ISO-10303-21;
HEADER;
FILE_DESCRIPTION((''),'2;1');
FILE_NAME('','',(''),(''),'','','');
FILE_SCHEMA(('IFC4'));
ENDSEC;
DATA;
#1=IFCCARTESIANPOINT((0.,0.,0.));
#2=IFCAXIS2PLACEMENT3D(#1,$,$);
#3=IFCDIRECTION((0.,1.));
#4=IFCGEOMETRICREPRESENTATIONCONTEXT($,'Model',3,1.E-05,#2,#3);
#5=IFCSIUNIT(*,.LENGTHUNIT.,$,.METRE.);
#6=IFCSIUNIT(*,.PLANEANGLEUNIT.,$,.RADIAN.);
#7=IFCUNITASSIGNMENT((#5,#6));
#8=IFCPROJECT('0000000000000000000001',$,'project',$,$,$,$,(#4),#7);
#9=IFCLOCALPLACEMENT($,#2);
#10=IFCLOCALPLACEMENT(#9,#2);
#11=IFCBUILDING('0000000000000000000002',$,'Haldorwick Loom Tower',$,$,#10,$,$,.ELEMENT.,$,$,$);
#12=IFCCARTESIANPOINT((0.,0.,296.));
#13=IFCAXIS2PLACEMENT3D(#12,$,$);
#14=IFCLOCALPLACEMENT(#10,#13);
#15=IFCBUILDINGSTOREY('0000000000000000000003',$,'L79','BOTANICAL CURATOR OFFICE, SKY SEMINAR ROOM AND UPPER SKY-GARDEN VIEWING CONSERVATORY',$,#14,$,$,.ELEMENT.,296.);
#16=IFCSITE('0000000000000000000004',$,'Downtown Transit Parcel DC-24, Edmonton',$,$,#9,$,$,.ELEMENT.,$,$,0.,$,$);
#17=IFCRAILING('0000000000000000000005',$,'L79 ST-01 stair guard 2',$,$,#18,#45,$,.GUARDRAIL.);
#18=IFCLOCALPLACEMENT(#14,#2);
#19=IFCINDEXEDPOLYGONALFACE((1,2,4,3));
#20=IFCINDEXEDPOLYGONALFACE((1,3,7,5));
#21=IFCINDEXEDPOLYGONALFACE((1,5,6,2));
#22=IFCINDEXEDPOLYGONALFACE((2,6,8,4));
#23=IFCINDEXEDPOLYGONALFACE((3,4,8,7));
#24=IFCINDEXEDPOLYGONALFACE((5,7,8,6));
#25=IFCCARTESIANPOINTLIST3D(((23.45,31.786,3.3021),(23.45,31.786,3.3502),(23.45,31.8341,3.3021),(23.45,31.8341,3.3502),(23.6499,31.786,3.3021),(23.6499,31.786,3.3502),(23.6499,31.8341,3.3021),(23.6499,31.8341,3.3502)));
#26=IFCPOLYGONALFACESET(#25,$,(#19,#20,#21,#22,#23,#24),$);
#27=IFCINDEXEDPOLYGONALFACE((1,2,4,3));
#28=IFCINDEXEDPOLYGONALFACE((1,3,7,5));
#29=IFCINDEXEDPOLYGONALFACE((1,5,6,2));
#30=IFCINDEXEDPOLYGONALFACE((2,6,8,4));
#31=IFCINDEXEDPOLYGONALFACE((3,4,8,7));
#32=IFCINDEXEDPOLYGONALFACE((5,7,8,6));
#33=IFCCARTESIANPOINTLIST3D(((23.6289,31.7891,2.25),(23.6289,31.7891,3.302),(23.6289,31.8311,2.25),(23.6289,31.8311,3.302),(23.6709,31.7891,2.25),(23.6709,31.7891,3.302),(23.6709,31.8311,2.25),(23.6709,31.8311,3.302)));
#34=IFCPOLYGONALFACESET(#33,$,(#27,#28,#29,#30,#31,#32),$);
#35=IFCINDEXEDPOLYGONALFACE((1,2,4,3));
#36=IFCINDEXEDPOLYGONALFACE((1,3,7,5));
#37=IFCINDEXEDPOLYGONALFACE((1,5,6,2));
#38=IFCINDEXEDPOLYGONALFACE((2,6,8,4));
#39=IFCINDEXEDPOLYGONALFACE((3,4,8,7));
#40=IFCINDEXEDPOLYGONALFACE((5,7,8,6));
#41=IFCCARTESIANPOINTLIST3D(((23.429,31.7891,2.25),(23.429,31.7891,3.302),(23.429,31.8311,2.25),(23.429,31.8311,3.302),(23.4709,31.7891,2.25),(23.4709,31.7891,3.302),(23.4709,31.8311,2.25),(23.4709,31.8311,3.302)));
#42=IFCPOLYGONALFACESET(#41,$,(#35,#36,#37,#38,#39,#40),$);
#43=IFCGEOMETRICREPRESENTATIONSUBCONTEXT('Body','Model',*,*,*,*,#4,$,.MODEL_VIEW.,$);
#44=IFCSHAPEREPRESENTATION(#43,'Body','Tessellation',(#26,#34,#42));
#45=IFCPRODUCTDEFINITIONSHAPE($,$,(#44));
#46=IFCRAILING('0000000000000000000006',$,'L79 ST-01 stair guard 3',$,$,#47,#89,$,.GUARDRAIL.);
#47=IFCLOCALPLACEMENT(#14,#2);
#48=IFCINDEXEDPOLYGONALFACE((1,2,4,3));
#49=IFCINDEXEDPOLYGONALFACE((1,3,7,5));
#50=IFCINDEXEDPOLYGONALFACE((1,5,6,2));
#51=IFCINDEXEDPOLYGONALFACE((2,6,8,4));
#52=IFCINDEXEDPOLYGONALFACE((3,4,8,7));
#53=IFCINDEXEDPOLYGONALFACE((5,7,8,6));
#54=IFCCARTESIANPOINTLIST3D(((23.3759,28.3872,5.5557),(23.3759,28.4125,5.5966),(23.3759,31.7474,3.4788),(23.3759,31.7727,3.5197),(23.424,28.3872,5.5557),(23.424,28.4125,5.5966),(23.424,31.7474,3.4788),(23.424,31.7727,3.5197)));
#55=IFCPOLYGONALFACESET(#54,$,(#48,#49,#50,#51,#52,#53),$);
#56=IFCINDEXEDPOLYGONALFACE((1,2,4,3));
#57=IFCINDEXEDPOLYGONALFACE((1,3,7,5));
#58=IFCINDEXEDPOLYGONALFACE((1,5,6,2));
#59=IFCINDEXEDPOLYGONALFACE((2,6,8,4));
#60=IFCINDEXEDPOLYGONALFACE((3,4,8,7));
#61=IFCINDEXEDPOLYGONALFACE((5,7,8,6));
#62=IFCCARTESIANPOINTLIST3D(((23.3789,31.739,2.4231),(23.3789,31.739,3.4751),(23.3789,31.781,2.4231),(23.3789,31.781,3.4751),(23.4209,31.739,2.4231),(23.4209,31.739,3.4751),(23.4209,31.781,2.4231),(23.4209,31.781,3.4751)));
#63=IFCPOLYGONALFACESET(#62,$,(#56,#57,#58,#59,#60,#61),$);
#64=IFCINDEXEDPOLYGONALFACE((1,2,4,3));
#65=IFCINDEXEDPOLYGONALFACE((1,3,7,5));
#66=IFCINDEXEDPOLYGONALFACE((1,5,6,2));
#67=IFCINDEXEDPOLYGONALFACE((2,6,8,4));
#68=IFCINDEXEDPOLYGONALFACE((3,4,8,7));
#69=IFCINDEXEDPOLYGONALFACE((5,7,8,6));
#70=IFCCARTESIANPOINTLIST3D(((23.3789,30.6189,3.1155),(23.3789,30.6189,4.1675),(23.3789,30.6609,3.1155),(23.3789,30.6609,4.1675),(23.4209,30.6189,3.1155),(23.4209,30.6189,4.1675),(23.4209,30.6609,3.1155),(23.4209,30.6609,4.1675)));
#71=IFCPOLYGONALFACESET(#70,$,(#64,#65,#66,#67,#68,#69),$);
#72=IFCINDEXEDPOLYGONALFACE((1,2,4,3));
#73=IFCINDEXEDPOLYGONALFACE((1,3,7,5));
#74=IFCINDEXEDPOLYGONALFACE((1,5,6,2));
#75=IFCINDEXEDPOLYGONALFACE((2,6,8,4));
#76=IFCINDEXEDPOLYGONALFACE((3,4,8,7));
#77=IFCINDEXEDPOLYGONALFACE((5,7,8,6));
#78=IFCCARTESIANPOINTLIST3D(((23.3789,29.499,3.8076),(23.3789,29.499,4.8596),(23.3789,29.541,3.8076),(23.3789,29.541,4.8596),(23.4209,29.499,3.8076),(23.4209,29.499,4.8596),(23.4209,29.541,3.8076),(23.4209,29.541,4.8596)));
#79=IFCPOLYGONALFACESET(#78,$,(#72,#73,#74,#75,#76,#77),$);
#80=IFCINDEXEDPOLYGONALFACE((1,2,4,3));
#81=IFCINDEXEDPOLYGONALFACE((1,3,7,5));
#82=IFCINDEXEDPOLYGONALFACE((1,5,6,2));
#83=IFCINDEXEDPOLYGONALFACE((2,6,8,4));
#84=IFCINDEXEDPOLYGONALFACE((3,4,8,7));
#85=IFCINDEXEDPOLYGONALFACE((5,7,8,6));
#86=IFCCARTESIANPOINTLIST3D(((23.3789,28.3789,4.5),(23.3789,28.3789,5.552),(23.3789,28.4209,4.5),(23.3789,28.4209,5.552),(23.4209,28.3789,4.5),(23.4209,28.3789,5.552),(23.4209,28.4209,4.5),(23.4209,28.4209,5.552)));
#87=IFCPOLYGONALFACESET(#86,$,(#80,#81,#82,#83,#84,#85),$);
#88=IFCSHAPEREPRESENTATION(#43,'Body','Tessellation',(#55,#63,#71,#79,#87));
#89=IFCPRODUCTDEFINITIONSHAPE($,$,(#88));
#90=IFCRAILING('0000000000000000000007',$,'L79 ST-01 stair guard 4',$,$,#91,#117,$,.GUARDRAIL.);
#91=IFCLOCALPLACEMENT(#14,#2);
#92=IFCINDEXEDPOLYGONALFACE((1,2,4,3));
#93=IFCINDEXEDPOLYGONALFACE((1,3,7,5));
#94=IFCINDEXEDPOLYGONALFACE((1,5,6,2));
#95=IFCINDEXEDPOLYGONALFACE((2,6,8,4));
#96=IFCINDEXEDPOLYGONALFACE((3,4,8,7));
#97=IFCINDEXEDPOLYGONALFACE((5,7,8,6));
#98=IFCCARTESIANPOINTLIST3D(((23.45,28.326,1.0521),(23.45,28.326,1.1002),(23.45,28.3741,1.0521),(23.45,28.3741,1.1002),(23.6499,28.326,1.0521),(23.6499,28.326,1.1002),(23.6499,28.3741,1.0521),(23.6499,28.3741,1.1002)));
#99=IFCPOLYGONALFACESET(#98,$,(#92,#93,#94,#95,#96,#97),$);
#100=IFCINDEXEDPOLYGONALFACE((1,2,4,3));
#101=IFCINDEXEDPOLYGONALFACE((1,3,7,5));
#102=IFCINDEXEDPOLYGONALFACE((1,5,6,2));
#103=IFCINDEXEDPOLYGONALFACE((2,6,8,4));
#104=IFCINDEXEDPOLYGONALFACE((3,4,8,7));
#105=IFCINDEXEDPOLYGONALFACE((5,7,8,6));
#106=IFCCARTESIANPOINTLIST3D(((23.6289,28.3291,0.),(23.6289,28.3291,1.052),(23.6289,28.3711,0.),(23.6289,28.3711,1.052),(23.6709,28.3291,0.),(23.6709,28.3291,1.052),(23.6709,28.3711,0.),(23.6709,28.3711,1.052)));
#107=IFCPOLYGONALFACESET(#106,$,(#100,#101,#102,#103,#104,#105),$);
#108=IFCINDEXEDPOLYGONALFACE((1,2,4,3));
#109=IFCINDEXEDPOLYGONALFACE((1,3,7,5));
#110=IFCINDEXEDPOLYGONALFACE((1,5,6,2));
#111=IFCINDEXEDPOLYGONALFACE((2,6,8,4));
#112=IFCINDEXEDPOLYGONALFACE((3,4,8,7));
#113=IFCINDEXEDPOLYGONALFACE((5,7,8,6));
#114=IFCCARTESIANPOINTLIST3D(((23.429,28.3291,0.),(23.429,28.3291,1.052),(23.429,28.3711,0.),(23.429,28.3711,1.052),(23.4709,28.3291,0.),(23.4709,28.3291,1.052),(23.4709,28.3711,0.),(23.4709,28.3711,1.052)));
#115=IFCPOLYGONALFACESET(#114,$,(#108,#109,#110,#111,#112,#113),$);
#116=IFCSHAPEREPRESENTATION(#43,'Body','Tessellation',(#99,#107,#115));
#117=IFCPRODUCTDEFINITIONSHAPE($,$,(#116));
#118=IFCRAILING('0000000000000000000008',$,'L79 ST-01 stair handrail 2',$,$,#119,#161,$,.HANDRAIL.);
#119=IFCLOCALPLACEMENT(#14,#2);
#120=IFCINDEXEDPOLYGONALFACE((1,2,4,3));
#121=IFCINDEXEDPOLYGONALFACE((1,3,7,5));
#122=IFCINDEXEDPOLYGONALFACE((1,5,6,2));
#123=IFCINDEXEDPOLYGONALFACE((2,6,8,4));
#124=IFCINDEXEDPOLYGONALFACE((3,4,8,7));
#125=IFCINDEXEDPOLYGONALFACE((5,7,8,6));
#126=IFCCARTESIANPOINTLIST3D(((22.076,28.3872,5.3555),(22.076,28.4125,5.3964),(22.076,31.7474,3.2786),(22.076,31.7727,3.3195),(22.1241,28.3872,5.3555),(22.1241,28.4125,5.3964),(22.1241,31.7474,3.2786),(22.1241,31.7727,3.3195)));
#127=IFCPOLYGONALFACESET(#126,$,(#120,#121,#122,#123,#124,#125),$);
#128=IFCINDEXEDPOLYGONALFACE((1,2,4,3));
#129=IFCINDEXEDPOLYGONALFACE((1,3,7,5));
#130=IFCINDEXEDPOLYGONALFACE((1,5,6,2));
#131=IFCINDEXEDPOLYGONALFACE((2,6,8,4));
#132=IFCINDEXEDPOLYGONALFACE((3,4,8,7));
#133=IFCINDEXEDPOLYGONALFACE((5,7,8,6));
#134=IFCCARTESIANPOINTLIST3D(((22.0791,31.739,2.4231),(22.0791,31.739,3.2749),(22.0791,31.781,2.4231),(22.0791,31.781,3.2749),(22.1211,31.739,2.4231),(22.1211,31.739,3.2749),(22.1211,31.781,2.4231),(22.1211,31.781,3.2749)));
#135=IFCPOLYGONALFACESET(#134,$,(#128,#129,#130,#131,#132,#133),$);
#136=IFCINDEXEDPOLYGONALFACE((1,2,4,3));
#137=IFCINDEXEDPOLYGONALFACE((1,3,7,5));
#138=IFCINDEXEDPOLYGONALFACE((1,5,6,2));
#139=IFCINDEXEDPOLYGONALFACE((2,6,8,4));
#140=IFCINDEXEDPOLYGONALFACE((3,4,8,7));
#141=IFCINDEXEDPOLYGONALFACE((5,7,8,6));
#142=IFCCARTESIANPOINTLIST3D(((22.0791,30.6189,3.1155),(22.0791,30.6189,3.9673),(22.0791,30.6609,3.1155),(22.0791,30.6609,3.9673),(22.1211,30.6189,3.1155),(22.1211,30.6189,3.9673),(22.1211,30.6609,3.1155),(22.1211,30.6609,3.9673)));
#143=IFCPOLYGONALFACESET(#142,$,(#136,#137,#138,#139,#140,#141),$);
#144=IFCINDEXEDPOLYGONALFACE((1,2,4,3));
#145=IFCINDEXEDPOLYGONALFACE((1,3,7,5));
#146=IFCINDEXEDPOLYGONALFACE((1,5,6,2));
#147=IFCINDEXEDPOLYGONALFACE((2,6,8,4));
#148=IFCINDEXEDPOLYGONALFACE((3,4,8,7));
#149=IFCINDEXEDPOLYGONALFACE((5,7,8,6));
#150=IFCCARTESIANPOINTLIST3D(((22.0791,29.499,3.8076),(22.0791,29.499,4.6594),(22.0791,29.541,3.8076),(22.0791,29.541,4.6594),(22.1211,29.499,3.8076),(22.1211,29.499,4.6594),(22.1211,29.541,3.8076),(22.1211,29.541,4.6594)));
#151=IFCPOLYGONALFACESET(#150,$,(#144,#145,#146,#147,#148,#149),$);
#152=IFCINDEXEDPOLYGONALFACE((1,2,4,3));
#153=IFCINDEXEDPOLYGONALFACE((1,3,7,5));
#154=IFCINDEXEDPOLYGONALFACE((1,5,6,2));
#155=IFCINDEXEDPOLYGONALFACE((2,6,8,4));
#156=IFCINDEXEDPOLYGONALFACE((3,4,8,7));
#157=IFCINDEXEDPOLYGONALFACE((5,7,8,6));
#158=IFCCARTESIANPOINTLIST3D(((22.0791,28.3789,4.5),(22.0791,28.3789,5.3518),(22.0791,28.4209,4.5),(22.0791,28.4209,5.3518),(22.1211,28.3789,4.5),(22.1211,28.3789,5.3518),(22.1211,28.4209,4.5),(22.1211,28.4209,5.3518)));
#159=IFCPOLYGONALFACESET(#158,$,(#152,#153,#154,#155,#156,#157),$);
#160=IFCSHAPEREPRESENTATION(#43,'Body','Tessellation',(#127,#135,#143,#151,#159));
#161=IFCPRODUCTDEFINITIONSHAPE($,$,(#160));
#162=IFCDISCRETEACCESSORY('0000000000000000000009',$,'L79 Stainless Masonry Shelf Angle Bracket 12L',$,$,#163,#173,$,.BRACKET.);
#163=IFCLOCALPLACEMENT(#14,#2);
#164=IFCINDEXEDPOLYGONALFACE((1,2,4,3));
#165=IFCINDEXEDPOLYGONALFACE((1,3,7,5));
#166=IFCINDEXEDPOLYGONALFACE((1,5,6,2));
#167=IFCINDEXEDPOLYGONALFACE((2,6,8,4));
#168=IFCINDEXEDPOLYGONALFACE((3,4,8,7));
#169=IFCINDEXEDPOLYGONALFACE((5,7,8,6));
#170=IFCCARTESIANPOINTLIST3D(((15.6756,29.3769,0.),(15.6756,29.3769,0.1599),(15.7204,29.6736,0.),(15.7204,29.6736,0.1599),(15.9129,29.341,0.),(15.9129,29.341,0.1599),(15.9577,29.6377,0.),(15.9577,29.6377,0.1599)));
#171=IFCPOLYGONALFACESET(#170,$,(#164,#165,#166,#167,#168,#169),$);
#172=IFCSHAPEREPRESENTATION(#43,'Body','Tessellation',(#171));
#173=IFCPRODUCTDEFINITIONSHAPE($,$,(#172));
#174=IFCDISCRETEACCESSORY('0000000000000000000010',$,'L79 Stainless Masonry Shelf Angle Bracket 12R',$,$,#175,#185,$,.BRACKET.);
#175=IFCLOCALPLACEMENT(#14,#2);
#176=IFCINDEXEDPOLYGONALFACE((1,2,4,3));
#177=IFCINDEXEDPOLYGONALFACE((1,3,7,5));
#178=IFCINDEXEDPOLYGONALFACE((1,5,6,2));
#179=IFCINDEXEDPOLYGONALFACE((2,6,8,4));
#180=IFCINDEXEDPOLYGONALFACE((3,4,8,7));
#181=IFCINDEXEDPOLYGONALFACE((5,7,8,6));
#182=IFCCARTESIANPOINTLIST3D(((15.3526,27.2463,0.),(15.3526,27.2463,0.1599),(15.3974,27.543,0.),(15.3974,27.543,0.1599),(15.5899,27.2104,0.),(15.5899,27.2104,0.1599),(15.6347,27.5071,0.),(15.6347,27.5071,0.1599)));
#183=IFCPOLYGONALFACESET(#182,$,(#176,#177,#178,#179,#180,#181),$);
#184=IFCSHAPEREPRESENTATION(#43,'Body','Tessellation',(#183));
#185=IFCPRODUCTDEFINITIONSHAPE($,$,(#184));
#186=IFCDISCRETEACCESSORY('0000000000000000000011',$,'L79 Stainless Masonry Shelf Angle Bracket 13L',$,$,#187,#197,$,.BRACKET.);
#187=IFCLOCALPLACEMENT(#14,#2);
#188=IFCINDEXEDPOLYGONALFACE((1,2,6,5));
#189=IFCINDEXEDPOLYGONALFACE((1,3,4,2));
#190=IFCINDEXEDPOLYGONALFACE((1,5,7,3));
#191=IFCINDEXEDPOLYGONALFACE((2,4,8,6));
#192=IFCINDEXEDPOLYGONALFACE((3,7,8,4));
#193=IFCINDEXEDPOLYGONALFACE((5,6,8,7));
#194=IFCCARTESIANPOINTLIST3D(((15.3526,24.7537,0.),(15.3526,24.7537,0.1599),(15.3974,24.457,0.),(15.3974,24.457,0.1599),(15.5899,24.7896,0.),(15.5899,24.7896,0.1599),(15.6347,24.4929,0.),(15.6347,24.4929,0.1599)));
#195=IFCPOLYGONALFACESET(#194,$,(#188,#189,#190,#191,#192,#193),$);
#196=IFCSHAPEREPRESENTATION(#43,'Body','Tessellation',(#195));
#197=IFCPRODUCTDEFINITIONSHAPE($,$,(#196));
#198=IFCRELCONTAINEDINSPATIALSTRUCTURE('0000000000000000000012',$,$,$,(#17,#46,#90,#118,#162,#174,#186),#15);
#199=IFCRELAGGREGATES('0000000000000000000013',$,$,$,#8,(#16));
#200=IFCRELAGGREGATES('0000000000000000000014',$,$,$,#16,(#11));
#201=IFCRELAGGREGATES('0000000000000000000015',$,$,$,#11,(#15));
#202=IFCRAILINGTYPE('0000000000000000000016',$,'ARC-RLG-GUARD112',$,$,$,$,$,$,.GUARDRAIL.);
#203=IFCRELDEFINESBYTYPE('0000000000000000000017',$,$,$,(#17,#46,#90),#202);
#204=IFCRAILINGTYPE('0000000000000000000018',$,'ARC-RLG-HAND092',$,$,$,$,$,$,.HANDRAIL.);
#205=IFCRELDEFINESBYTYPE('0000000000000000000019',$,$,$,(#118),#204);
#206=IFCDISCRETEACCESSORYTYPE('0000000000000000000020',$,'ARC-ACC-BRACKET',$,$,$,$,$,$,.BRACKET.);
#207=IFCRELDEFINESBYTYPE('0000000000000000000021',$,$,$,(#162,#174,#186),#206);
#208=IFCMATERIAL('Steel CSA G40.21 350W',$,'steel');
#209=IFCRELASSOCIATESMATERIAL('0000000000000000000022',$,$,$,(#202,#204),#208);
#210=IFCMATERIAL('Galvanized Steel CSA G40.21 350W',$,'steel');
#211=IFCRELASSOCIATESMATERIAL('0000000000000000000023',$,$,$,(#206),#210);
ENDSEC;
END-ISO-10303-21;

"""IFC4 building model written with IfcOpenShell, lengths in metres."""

from ifc_helpers import new_model, si_unit, direction, frame, origin, origin_2d, place, context, subcontext, project, spatial, rectangle, extrude, material, type_object, element, save


model = new_model("IFC4")

# Units and contexts
model_context = context("Model", 3, precision=1e-05, world=origin(), true_north=direction((0.0, 1.0)))
body_context = subcontext(model_context, "Body", "Model", "MODEL_VIEW")
ifc_project = project(units=[si_unit("LENGTHUNIT", "METRE"), si_unit("PLANEANGLEUNIT", "RADIAN")], contexts=[model_context])

# Site, building, storey
site_placement = place(None, origin())
site = spatial("IfcSite", under=ifc_project, at=site_placement, Name="Downtown Transit Parcel DC-24, Edmonton", CompositionType="ELEMENT", RefElevation=0.0)
building_placement = place(site_placement, origin())
building = spatial("IfcBuilding", under=site, at=building_placement, Name="Haldorwick Loom Tower", CompositionType="ELEMENT")
storey_placement = place(building_placement, frame((0.0, 0.0, 296.0)))
storey = spatial("IfcBuildingStorey", under=building, at=storey_placement, Name="L79", Description="BOTANICAL CURATOR OFFICE, SKY SEMINAR ROOM AND UPPER SKY-GARDEN VIEWING CONSERVATORY", CompositionType="ELEMENT", Elevation=296.0)

# Shared definitions
ifc_material_1 = material(Name="Steel CSA G40.21 350W", Category="steel")

# Railings
railing_type_1 = type_object("IfcRailingType", Name="ARC-RLG-GUARD112", PredefinedType="GUARDRAIL", material=ifc_material_1)
railing_1_placement = place(storey_placement, frame((23.6499, 31.8101, 2.25)))
element("IfcRailing", 1, at=railing_1_placement, inside=storey, type_object=railing_type_1, Name="L79 ST-01 stair guard 2", PredefinedType="GUARDRAIL", context=body_context, shape_type="SweptSolid", body=[
    extrude(rectangle(XDim=0.0481, YDim=0.0481, at=origin_2d()), frame((0.0, 0.0, 1.0762), z_axis=(-1.0, 0.0, 0.0), x_axis=(0.0, -1.0, 0.0)), (0.0, 0.0, 1.0), 0.2),
    extrude(rectangle(XDim=0.042, YDim=0.042, at=origin_2d()), origin(), (0.0, 0.0, 1.0), 1.052),
    extrude(rectangle(XDim=0.042, YDim=0.042, at=origin_2d()), frame((-0.2, 0.0, 0.0)), (0.0, 0.0, 1.0), 1.052),
])
railing_2_placement = place(storey_placement, frame((23.3999, 31.76, 2.4231)))
element("IfcRailing", 2, at=railing_2_placement, inside=storey, type_object=railing_type_1, Name="L79 ST-01 stair guard 3", PredefinedType="GUARDRAIL", context=body_context, shape_type="SweptSolid", body=[
    extrude(rectangle(XDim=0.0481, YDim=0.0481, at=origin_2d()), frame((0.0, 0.0, 1.0762), z_axis=(0.0, -0.850623, 0.525776), x_axis=(1.0, 0.0, 0.0)), (0.0, 0.0, 1.0), 3.9502),
    extrude(rectangle(XDim=0.042, YDim=0.042, at=origin_2d()), origin(), (0.0, 0.0, 1.0), 1.052),
    extrude(rectangle(XDim=0.042, YDim=0.042, at=origin_2d()), frame((0.0, -1.1201, 0.6924)), (0.0, 0.0, 1.0), 1.052),
    extrude(rectangle(XDim=0.042, YDim=0.042, at=origin_2d()), frame((0.0, -2.24, 1.3845)), (0.0, 0.0, 1.0), 1.052),
    extrude(rectangle(XDim=0.042, YDim=0.042, at=origin_2d()), frame((0.0, -3.3601, 2.0769)), (0.0, 0.0, 1.0), 1.052),
])
railing_3_placement = place(storey_placement, frame((23.6499, 28.3501, 0.0)))
element("IfcRailing", 3, at=railing_3_placement, inside=storey, type_object=railing_type_1, Name="L79 ST-01 stair guard 4", PredefinedType="GUARDRAIL", context=body_context, shape_type="SweptSolid", body=[
    extrude(rectangle(XDim=0.0481, YDim=0.0481, at=origin_2d()), frame((0.0, 0.0, 1.0762), z_axis=(-1.0, 0.0, 0.0), x_axis=(0.0, -1.0, 0.0)), (0.0, 0.0, 1.0), 0.2),
    extrude(rectangle(XDim=0.042, YDim=0.042, at=origin_2d()), origin(), (0.0, 0.0, 1.0), 1.052),
    extrude(rectangle(XDim=0.042, YDim=0.042, at=origin_2d()), frame((-0.2, 0.0, 0.0)), (0.0, 0.0, 1.0), 1.052),
])
railing_type_2 = type_object("IfcRailingType", Name="ARC-RLG-HAND092", PredefinedType="HANDRAIL", material=ifc_material_1)
railing_4_placement = place(storey_placement, frame((22.1001, 31.76, 2.4231)))
element("IfcRailing", 4, at=railing_4_placement, inside=storey, type_object=railing_type_2, Name="L79 ST-01 stair handrail 2", PredefinedType="HANDRAIL", context=body_context, shape_type="SweptSolid", body=[
    extrude(rectangle(XDim=0.0481, YDim=0.0481, at=origin_2d()), frame((0.0, 0.0, 0.876), z_axis=(0.0, -0.850623, 0.525776), x_axis=(1.0, 0.0, 0.0)), (0.0, 0.0, 1.0), 3.9502),
    extrude(rectangle(XDim=0.042, YDim=0.042, at=origin_2d()), origin(), (0.0, 0.0, 1.0), 0.8518),
    extrude(rectangle(XDim=0.042, YDim=0.042, at=origin_2d()), frame((0.0, -1.1201, 0.6924)), (0.0, 0.0, 1.0), 0.8518),
    extrude(rectangle(XDim=0.042, YDim=0.042, at=origin_2d()), frame((0.0, -2.24, 1.3845)), (0.0, 0.0, 1.0), 0.8518),
    extrude(rectangle(XDim=0.042, YDim=0.042, at=origin_2d()), frame((0.0, -3.3601, 2.0769)), (0.0, 0.0, 1.0), 0.8518),
])

# Discrete accessories
ifc_material_2 = material(Name="Galvanized Steel CSA G40.21 350W", Category="steel")
discrete_accessory_type = type_object("IfcDiscreteAccessoryType", Name="ARC-ACC-BRACKET", PredefinedType="BRACKET", material=ifc_material_2)
for number, where, z_axis, x_axis, name in (
    (5, (15.8167, 29.5073, 0.0), (0.0, 0.0, 1.0), (-0.149535, -0.988756, 0.0), "L79 Stainless Masonry Shelf Angle Bracket 12L"),
    (6, (15.4937, 27.3767, 0.0), (0.0, 0.0, 1.0), (-0.149535, -0.988756, 0.0), "L79 Stainless Masonry Shelf Angle Bracket 12R"),
    (7, (15.4937, 24.6233, 0.0), (0.0, 0.0, 1.0), (0.149535, -0.988756, 0.0), "L79 Stainless Masonry Shelf Angle Bracket 13L"),
):
    element("IfcDiscreteAccessory", number, at=place(storey_placement, frame(where, z_axis=z_axis, x_axis=x_axis)), inside=storey, type_object=discrete_accessory_type, Name=name, PredefinedType="BRACKET", context=body_context, shape_type="SweptSolid", body=[
        extrude(rectangle(XDim=0.3, YDim=0.24, at=origin_2d()), origin(), (0.0, 0.0, 1.0), 0.1599),
    ])

save(model, "model.ifc")
